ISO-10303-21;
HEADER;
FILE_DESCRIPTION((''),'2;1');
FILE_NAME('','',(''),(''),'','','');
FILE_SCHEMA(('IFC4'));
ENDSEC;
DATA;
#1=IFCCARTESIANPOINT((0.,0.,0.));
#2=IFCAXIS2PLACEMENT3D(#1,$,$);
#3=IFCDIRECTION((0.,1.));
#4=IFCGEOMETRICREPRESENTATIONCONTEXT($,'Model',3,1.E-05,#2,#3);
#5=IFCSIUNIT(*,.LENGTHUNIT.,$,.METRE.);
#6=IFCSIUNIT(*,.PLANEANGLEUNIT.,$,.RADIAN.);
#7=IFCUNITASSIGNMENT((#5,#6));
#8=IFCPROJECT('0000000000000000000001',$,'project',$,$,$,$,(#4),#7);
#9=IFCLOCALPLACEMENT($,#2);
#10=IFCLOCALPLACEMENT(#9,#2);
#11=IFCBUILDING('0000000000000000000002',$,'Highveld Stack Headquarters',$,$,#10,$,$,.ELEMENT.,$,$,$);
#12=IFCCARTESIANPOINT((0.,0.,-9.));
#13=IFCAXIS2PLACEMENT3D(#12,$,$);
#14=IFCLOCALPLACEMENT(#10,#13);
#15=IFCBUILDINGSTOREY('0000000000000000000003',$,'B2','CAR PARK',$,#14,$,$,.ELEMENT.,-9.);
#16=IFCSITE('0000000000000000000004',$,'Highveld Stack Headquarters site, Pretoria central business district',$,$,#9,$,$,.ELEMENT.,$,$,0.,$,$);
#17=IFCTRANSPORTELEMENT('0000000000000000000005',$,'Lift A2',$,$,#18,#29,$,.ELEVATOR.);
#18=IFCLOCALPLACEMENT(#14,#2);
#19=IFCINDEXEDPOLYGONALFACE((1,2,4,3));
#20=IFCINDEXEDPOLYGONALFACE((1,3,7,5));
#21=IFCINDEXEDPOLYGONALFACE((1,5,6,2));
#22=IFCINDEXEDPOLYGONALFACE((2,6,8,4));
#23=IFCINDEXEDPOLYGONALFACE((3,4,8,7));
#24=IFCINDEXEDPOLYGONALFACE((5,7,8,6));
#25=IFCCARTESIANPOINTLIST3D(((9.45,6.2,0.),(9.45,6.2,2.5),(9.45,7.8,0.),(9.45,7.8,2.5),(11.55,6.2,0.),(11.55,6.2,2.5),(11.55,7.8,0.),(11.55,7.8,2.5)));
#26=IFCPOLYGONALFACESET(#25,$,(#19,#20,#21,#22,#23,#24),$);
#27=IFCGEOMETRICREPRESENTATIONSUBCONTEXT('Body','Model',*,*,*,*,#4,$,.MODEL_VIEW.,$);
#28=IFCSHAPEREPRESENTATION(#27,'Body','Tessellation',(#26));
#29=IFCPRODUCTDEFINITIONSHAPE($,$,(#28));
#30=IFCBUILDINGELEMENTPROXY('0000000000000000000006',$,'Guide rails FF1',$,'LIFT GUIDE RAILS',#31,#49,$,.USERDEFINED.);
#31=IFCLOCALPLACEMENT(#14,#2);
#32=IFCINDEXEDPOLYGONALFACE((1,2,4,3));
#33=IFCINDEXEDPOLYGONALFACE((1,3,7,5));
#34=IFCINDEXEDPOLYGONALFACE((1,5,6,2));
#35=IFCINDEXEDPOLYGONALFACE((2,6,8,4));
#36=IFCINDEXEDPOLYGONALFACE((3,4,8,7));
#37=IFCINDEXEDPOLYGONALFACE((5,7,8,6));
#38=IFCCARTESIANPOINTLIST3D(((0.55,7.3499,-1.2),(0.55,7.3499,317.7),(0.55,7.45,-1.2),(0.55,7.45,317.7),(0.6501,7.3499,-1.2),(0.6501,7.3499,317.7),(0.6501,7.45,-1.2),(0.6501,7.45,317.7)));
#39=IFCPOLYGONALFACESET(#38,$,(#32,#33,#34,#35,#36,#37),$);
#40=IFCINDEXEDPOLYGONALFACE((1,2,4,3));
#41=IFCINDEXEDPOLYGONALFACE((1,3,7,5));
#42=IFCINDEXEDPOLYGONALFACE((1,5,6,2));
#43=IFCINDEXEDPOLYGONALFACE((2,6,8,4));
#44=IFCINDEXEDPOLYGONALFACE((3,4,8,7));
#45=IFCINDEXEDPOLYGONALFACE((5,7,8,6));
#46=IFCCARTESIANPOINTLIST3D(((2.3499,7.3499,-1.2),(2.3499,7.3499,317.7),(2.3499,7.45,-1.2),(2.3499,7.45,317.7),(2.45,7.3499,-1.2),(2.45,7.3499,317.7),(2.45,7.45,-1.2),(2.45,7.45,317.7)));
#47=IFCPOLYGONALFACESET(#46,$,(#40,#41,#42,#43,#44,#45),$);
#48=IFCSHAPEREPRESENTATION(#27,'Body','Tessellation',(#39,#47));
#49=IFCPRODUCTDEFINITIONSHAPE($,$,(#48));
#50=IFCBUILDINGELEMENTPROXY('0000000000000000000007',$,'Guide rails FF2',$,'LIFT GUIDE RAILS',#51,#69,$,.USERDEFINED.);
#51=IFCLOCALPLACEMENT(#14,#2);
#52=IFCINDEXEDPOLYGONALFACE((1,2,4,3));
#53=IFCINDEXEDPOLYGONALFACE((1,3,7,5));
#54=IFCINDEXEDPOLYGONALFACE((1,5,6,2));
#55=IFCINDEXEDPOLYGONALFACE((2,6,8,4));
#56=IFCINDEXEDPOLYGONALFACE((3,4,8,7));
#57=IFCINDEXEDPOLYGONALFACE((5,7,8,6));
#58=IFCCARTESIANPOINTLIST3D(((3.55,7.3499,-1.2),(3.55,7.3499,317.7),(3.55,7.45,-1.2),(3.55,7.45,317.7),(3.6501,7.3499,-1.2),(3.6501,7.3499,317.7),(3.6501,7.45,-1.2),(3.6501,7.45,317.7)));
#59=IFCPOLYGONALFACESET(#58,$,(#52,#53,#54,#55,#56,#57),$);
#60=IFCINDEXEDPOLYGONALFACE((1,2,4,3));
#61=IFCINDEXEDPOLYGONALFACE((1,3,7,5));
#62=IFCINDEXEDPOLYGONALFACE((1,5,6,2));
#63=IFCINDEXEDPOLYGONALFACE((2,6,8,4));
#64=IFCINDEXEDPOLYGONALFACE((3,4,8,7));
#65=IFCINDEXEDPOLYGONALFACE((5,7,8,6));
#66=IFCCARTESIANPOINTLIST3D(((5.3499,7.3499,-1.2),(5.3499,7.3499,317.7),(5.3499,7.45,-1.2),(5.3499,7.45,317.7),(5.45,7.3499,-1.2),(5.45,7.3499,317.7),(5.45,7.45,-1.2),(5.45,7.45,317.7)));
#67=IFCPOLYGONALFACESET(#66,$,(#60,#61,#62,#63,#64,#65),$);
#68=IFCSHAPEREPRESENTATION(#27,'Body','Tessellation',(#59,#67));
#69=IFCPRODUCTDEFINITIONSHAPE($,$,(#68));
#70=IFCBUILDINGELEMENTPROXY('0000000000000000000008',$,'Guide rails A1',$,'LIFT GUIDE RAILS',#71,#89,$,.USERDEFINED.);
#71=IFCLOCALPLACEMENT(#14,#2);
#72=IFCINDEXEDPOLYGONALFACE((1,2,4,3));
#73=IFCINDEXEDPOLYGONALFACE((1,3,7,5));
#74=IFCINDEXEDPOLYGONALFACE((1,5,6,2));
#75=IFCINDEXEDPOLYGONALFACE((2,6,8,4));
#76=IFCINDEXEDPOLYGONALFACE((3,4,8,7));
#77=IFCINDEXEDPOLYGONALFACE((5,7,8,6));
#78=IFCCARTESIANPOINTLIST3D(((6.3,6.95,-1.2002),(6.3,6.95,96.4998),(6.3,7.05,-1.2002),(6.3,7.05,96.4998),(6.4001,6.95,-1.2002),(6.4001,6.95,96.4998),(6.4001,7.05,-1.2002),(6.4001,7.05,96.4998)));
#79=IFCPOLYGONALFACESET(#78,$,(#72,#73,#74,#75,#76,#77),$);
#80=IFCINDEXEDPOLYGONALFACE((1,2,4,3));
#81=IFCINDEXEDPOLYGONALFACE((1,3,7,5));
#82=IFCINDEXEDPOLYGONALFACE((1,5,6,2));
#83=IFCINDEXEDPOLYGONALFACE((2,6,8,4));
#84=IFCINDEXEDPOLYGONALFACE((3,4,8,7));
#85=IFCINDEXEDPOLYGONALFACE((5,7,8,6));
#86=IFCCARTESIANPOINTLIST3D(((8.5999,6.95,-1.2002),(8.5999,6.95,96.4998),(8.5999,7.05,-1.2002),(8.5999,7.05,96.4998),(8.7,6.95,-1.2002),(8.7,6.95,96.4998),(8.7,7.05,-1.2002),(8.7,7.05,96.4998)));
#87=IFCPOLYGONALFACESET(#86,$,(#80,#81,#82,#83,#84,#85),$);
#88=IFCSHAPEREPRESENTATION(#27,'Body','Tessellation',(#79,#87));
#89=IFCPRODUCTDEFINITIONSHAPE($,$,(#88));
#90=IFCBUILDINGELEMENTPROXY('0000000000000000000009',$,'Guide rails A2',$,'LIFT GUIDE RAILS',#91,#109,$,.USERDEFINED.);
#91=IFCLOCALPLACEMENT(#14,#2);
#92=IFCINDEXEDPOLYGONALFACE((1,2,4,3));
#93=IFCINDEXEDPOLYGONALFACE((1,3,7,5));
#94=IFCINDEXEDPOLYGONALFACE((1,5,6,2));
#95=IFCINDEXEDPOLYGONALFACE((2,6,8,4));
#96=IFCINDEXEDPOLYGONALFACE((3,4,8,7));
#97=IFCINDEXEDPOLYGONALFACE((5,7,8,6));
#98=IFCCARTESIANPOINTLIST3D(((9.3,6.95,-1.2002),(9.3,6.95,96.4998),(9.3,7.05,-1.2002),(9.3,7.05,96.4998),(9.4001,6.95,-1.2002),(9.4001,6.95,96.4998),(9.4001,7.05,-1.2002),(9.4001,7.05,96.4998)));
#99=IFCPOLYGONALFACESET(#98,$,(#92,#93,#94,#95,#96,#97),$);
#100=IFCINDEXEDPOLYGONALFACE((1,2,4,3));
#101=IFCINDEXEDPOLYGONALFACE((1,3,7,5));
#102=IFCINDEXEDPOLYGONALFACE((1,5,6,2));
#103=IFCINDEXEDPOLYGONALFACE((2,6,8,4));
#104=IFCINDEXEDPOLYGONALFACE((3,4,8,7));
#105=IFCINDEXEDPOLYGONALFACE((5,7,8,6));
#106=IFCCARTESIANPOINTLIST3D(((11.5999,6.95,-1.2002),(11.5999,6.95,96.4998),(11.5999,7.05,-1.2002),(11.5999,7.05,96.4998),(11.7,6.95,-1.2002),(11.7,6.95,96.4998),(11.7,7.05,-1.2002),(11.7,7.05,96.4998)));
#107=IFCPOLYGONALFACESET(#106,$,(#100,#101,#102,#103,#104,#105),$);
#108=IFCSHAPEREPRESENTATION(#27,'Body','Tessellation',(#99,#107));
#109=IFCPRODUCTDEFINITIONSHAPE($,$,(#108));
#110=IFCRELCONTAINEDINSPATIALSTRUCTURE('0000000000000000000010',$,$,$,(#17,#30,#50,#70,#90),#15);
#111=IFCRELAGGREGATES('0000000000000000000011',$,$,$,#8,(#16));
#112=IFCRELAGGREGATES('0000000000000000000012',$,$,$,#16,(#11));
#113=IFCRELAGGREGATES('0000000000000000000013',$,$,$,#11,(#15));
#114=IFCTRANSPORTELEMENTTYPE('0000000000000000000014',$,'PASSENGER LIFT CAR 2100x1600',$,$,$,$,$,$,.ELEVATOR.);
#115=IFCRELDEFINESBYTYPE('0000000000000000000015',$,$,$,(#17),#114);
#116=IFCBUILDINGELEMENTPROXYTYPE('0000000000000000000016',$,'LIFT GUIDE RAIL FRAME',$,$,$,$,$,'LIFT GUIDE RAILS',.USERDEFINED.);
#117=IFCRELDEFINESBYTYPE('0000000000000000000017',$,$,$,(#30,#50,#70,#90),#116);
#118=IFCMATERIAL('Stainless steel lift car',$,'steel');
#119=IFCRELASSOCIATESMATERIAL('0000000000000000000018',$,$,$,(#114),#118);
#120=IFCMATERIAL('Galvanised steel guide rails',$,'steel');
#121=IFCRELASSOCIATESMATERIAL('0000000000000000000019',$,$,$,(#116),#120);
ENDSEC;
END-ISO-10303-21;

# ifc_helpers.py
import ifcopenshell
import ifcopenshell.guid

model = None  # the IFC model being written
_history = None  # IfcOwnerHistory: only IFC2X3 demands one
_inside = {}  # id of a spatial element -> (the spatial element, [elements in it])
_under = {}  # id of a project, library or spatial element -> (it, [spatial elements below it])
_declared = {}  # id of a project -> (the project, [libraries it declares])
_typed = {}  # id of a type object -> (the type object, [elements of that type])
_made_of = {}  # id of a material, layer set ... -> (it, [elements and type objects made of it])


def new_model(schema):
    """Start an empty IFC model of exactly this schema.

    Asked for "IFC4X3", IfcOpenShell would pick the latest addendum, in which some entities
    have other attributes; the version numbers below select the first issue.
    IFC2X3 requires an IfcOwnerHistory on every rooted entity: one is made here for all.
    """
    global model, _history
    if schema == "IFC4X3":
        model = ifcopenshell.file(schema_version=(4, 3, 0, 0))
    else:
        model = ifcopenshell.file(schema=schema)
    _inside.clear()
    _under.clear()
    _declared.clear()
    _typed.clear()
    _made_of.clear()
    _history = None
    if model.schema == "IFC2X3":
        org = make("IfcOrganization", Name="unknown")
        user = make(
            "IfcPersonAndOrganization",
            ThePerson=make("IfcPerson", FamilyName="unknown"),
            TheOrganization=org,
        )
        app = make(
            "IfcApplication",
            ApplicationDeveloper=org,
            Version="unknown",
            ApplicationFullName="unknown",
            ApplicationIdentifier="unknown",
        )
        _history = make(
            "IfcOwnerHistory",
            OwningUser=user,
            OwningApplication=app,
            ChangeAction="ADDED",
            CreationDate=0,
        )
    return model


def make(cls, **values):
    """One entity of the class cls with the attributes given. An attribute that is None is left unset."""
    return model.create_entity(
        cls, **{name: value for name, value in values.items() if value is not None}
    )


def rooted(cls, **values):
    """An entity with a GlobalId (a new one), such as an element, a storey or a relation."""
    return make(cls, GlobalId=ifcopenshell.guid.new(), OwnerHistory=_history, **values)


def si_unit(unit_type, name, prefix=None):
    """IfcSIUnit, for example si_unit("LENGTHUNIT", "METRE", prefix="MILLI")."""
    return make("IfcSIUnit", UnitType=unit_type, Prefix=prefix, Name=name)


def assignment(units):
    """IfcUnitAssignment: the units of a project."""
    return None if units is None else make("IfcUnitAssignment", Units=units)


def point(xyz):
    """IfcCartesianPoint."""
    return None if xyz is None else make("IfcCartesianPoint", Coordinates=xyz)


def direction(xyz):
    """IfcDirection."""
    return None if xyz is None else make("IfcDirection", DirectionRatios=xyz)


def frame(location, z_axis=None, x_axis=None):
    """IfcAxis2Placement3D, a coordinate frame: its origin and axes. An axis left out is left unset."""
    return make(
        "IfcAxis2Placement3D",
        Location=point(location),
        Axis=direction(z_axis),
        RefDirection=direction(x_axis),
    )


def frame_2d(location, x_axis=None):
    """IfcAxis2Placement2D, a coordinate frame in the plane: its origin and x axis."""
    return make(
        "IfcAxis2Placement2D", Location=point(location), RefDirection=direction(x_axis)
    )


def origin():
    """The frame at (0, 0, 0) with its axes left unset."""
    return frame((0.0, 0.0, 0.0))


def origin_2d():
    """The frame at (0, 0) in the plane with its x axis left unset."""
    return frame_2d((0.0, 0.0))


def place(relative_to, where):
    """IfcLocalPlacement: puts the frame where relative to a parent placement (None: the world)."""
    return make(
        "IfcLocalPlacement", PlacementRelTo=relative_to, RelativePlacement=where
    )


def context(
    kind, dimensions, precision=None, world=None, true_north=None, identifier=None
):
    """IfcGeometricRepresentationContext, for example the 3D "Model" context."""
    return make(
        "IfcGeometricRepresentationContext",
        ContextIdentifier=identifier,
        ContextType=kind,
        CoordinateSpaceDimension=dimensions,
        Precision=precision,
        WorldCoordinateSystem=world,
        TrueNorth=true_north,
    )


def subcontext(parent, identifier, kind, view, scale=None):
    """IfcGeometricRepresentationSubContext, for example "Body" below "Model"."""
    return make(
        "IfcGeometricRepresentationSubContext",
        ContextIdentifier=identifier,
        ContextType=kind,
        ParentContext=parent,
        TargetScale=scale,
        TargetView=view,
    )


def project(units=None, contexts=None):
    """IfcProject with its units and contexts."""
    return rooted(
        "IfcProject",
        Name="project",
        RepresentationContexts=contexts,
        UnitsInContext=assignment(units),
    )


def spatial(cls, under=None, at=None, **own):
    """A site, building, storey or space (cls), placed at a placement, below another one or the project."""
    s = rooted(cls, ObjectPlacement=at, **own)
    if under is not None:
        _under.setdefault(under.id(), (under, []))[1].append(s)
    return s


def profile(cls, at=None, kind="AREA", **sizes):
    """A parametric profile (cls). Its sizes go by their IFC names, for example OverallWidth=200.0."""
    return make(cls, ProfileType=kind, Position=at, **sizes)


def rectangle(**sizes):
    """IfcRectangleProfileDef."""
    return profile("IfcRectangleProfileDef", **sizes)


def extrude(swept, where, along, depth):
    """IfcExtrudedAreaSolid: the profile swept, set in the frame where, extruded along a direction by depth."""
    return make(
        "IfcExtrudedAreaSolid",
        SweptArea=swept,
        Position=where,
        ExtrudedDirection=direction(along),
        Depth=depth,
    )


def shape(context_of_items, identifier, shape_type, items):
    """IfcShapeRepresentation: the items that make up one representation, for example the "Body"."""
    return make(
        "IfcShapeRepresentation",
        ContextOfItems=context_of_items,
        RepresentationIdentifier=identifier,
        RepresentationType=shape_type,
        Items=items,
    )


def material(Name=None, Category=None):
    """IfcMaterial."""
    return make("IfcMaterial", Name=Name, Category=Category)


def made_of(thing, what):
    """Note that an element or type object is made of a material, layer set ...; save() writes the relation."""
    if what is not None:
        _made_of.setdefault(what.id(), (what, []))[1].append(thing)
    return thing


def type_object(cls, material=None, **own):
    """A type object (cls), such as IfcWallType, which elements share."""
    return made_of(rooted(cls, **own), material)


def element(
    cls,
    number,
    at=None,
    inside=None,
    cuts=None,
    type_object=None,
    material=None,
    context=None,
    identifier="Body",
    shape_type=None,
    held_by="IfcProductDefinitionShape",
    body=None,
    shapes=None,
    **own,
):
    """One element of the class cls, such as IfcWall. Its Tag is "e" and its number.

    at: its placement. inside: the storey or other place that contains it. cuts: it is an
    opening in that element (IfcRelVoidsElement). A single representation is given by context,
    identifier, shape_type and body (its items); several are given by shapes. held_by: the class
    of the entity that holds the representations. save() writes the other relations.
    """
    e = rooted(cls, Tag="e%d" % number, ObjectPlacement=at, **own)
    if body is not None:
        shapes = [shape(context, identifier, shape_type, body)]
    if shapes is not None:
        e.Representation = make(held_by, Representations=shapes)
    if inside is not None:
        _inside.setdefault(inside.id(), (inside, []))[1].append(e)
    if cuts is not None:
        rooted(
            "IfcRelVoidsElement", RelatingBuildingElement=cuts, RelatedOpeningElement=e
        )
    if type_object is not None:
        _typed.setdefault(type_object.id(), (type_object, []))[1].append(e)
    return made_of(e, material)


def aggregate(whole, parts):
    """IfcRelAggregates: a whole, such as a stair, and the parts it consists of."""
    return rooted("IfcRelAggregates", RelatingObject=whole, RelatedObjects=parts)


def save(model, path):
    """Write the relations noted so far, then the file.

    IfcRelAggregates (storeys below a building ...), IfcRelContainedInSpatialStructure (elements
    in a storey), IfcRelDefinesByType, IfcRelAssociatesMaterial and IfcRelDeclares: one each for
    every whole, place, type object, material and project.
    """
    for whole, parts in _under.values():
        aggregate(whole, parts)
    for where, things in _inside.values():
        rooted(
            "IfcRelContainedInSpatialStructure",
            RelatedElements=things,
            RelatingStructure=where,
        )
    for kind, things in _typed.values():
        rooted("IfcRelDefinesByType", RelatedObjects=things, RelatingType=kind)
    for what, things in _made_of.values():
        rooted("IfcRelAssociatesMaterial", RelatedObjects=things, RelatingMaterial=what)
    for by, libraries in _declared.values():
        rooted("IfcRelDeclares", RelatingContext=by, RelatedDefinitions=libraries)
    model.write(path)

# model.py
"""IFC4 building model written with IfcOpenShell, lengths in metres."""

from ifc_helpers import new_model, si_unit, direction, frame, origin, origin_2d, place, context, subcontext, project, spatial, rectangle, extrude, material, type_object, element, save


model = new_model("IFC4")

# Units and contexts
model_context = context("Model", 3, precision=1e-05, world=origin(), true_north=direction((0.0, 1.0)))
body_context = subcontext(model_context, "Body", "Model", "MODEL_VIEW")
ifc_project = project(units=[si_unit("LENGTHUNIT", "METRE"), si_unit("PLANEANGLEUNIT", "RADIAN")], contexts=[model_context])

# Site, building, storey
site_placement = place(None, origin())
site = spatial("IfcSite", under=ifc_project, at=site_placement, Name="Highveld Stack Headquarters site, Pretoria central business district", CompositionType="ELEMENT", RefElevation=0.0)
building_placement = place(site_placement, origin())
building = spatial("IfcBuilding", under=site, at=building_placement, Name="Highveld Stack Headquarters", CompositionType="ELEMENT")
storey_placement = place(building_placement, frame((0.0, 0.0, -9.0)))
storey = spatial("IfcBuildingStorey", under=building, at=storey_placement, Name="B2", Description="CAR PARK", CompositionType="ELEMENT", Elevation=-9.0)

# Transport element
ifc_material_1 = material(Name="Stainless steel lift car", Category="steel")
transport_element_type_1 = type_object("IfcTransportElementType", Name="PASSENGER LIFT CAR 2100x1600", PredefinedType="ELEVATOR", material=ifc_material_1)
for number, where, z_axis, x_axis, name in (
    (1, (10.5, 7.0, 0.0), (0.0, 0.0, 1.0), (1.0, 0.0, 0.0), "Lift A2"),
):
    element("IfcTransportElement", number, at=place(storey_placement, frame(where, z_axis=z_axis, x_axis=x_axis)), inside=storey, type_object=transport_element_type_1, Name=name, PredefinedType="ELEVATOR", context=body_context, shape_type="SweptSolid", body=[
        extrude(rectangle(XDim=2.1001, YDim=1.6001, at=origin_2d()), origin(), (0.0, 0.0, 1.0), 2.5),
    ])

# Building element proxies
ifc_material_2 = material(Name="Galvanised steel guide rails", Category="steel")
building_element_proxy_type = type_object("IfcBuildingElementProxyType", Name="LIFT GUIDE RAIL FRAME", ElementType="LIFT GUIDE RAILS", PredefinedType="USERDEFINED", material=ifc_material_2)
for number, where, z_axis, x_axis, name in (
    (2, (0.6001, 7.3999, -1.2), (0.0, 0.0, 1.0), (1.0, 0.0, 0.0), "Guide rails FF1"),
    (3, (3.6001, 7.3999, -1.2), (0.0, 0.0, 1.0), (1.0, 0.0, 0.0), "Guide rails FF2"),
):
    element("IfcBuildingElementProxy", number, at=place(storey_placement, frame(where, z_axis=z_axis, x_axis=x_axis)), inside=storey, type_object=building_element_proxy_type, Name=name, ObjectType="LIFT GUIDE RAILS", PredefinedType="USERDEFINED", context=body_context, shape_type="SweptSolid", body=[
        extrude(rectangle(XDim=0.1001, YDim=0.1001, at=origin_2d()), origin(), (0.0, 0.0, 1.0), 318.8999),
        extrude(rectangle(XDim=0.1001, YDim=0.1001, at=origin_2d()), frame((1.7998, 0.0, 0.0)), (0.0, 0.0, 1.0), 318.8999),
    ])
for number, where, z_axis, x_axis, name in (
    (4, (6.3501, 7.0, -1.2002), (0.0, 0.0, 1.0), (1.0, 0.0, 0.0), "Guide rails A1"),
    (5, (9.3501, 7.0, -1.2002), (0.0, 0.0, 1.0), (1.0, 0.0, 0.0), "Guide rails A2"),
):
    element("IfcBuildingElementProxy", number, at=place(storey_placement, frame(where, z_axis=z_axis, x_axis=x_axis)), inside=storey, type_object=building_element_proxy_type, Name=name, ObjectType="LIFT GUIDE RAILS", PredefinedType="USERDEFINED", context=body_context, shape_type="SweptSolid", body=[
        extrude(rectangle(XDim=0.1001, YDim=0.1001, at=origin_2d()), origin(), (0.0, 0.0, 1.0), 97.7),
        extrude(rectangle(XDim=0.1001, YDim=0.1001, at=origin_2d()), frame((2.2998, 0.0, 0.0)), (0.0, 0.0, 1.0), 97.7),
    ])

save(model, "model.ifc")
